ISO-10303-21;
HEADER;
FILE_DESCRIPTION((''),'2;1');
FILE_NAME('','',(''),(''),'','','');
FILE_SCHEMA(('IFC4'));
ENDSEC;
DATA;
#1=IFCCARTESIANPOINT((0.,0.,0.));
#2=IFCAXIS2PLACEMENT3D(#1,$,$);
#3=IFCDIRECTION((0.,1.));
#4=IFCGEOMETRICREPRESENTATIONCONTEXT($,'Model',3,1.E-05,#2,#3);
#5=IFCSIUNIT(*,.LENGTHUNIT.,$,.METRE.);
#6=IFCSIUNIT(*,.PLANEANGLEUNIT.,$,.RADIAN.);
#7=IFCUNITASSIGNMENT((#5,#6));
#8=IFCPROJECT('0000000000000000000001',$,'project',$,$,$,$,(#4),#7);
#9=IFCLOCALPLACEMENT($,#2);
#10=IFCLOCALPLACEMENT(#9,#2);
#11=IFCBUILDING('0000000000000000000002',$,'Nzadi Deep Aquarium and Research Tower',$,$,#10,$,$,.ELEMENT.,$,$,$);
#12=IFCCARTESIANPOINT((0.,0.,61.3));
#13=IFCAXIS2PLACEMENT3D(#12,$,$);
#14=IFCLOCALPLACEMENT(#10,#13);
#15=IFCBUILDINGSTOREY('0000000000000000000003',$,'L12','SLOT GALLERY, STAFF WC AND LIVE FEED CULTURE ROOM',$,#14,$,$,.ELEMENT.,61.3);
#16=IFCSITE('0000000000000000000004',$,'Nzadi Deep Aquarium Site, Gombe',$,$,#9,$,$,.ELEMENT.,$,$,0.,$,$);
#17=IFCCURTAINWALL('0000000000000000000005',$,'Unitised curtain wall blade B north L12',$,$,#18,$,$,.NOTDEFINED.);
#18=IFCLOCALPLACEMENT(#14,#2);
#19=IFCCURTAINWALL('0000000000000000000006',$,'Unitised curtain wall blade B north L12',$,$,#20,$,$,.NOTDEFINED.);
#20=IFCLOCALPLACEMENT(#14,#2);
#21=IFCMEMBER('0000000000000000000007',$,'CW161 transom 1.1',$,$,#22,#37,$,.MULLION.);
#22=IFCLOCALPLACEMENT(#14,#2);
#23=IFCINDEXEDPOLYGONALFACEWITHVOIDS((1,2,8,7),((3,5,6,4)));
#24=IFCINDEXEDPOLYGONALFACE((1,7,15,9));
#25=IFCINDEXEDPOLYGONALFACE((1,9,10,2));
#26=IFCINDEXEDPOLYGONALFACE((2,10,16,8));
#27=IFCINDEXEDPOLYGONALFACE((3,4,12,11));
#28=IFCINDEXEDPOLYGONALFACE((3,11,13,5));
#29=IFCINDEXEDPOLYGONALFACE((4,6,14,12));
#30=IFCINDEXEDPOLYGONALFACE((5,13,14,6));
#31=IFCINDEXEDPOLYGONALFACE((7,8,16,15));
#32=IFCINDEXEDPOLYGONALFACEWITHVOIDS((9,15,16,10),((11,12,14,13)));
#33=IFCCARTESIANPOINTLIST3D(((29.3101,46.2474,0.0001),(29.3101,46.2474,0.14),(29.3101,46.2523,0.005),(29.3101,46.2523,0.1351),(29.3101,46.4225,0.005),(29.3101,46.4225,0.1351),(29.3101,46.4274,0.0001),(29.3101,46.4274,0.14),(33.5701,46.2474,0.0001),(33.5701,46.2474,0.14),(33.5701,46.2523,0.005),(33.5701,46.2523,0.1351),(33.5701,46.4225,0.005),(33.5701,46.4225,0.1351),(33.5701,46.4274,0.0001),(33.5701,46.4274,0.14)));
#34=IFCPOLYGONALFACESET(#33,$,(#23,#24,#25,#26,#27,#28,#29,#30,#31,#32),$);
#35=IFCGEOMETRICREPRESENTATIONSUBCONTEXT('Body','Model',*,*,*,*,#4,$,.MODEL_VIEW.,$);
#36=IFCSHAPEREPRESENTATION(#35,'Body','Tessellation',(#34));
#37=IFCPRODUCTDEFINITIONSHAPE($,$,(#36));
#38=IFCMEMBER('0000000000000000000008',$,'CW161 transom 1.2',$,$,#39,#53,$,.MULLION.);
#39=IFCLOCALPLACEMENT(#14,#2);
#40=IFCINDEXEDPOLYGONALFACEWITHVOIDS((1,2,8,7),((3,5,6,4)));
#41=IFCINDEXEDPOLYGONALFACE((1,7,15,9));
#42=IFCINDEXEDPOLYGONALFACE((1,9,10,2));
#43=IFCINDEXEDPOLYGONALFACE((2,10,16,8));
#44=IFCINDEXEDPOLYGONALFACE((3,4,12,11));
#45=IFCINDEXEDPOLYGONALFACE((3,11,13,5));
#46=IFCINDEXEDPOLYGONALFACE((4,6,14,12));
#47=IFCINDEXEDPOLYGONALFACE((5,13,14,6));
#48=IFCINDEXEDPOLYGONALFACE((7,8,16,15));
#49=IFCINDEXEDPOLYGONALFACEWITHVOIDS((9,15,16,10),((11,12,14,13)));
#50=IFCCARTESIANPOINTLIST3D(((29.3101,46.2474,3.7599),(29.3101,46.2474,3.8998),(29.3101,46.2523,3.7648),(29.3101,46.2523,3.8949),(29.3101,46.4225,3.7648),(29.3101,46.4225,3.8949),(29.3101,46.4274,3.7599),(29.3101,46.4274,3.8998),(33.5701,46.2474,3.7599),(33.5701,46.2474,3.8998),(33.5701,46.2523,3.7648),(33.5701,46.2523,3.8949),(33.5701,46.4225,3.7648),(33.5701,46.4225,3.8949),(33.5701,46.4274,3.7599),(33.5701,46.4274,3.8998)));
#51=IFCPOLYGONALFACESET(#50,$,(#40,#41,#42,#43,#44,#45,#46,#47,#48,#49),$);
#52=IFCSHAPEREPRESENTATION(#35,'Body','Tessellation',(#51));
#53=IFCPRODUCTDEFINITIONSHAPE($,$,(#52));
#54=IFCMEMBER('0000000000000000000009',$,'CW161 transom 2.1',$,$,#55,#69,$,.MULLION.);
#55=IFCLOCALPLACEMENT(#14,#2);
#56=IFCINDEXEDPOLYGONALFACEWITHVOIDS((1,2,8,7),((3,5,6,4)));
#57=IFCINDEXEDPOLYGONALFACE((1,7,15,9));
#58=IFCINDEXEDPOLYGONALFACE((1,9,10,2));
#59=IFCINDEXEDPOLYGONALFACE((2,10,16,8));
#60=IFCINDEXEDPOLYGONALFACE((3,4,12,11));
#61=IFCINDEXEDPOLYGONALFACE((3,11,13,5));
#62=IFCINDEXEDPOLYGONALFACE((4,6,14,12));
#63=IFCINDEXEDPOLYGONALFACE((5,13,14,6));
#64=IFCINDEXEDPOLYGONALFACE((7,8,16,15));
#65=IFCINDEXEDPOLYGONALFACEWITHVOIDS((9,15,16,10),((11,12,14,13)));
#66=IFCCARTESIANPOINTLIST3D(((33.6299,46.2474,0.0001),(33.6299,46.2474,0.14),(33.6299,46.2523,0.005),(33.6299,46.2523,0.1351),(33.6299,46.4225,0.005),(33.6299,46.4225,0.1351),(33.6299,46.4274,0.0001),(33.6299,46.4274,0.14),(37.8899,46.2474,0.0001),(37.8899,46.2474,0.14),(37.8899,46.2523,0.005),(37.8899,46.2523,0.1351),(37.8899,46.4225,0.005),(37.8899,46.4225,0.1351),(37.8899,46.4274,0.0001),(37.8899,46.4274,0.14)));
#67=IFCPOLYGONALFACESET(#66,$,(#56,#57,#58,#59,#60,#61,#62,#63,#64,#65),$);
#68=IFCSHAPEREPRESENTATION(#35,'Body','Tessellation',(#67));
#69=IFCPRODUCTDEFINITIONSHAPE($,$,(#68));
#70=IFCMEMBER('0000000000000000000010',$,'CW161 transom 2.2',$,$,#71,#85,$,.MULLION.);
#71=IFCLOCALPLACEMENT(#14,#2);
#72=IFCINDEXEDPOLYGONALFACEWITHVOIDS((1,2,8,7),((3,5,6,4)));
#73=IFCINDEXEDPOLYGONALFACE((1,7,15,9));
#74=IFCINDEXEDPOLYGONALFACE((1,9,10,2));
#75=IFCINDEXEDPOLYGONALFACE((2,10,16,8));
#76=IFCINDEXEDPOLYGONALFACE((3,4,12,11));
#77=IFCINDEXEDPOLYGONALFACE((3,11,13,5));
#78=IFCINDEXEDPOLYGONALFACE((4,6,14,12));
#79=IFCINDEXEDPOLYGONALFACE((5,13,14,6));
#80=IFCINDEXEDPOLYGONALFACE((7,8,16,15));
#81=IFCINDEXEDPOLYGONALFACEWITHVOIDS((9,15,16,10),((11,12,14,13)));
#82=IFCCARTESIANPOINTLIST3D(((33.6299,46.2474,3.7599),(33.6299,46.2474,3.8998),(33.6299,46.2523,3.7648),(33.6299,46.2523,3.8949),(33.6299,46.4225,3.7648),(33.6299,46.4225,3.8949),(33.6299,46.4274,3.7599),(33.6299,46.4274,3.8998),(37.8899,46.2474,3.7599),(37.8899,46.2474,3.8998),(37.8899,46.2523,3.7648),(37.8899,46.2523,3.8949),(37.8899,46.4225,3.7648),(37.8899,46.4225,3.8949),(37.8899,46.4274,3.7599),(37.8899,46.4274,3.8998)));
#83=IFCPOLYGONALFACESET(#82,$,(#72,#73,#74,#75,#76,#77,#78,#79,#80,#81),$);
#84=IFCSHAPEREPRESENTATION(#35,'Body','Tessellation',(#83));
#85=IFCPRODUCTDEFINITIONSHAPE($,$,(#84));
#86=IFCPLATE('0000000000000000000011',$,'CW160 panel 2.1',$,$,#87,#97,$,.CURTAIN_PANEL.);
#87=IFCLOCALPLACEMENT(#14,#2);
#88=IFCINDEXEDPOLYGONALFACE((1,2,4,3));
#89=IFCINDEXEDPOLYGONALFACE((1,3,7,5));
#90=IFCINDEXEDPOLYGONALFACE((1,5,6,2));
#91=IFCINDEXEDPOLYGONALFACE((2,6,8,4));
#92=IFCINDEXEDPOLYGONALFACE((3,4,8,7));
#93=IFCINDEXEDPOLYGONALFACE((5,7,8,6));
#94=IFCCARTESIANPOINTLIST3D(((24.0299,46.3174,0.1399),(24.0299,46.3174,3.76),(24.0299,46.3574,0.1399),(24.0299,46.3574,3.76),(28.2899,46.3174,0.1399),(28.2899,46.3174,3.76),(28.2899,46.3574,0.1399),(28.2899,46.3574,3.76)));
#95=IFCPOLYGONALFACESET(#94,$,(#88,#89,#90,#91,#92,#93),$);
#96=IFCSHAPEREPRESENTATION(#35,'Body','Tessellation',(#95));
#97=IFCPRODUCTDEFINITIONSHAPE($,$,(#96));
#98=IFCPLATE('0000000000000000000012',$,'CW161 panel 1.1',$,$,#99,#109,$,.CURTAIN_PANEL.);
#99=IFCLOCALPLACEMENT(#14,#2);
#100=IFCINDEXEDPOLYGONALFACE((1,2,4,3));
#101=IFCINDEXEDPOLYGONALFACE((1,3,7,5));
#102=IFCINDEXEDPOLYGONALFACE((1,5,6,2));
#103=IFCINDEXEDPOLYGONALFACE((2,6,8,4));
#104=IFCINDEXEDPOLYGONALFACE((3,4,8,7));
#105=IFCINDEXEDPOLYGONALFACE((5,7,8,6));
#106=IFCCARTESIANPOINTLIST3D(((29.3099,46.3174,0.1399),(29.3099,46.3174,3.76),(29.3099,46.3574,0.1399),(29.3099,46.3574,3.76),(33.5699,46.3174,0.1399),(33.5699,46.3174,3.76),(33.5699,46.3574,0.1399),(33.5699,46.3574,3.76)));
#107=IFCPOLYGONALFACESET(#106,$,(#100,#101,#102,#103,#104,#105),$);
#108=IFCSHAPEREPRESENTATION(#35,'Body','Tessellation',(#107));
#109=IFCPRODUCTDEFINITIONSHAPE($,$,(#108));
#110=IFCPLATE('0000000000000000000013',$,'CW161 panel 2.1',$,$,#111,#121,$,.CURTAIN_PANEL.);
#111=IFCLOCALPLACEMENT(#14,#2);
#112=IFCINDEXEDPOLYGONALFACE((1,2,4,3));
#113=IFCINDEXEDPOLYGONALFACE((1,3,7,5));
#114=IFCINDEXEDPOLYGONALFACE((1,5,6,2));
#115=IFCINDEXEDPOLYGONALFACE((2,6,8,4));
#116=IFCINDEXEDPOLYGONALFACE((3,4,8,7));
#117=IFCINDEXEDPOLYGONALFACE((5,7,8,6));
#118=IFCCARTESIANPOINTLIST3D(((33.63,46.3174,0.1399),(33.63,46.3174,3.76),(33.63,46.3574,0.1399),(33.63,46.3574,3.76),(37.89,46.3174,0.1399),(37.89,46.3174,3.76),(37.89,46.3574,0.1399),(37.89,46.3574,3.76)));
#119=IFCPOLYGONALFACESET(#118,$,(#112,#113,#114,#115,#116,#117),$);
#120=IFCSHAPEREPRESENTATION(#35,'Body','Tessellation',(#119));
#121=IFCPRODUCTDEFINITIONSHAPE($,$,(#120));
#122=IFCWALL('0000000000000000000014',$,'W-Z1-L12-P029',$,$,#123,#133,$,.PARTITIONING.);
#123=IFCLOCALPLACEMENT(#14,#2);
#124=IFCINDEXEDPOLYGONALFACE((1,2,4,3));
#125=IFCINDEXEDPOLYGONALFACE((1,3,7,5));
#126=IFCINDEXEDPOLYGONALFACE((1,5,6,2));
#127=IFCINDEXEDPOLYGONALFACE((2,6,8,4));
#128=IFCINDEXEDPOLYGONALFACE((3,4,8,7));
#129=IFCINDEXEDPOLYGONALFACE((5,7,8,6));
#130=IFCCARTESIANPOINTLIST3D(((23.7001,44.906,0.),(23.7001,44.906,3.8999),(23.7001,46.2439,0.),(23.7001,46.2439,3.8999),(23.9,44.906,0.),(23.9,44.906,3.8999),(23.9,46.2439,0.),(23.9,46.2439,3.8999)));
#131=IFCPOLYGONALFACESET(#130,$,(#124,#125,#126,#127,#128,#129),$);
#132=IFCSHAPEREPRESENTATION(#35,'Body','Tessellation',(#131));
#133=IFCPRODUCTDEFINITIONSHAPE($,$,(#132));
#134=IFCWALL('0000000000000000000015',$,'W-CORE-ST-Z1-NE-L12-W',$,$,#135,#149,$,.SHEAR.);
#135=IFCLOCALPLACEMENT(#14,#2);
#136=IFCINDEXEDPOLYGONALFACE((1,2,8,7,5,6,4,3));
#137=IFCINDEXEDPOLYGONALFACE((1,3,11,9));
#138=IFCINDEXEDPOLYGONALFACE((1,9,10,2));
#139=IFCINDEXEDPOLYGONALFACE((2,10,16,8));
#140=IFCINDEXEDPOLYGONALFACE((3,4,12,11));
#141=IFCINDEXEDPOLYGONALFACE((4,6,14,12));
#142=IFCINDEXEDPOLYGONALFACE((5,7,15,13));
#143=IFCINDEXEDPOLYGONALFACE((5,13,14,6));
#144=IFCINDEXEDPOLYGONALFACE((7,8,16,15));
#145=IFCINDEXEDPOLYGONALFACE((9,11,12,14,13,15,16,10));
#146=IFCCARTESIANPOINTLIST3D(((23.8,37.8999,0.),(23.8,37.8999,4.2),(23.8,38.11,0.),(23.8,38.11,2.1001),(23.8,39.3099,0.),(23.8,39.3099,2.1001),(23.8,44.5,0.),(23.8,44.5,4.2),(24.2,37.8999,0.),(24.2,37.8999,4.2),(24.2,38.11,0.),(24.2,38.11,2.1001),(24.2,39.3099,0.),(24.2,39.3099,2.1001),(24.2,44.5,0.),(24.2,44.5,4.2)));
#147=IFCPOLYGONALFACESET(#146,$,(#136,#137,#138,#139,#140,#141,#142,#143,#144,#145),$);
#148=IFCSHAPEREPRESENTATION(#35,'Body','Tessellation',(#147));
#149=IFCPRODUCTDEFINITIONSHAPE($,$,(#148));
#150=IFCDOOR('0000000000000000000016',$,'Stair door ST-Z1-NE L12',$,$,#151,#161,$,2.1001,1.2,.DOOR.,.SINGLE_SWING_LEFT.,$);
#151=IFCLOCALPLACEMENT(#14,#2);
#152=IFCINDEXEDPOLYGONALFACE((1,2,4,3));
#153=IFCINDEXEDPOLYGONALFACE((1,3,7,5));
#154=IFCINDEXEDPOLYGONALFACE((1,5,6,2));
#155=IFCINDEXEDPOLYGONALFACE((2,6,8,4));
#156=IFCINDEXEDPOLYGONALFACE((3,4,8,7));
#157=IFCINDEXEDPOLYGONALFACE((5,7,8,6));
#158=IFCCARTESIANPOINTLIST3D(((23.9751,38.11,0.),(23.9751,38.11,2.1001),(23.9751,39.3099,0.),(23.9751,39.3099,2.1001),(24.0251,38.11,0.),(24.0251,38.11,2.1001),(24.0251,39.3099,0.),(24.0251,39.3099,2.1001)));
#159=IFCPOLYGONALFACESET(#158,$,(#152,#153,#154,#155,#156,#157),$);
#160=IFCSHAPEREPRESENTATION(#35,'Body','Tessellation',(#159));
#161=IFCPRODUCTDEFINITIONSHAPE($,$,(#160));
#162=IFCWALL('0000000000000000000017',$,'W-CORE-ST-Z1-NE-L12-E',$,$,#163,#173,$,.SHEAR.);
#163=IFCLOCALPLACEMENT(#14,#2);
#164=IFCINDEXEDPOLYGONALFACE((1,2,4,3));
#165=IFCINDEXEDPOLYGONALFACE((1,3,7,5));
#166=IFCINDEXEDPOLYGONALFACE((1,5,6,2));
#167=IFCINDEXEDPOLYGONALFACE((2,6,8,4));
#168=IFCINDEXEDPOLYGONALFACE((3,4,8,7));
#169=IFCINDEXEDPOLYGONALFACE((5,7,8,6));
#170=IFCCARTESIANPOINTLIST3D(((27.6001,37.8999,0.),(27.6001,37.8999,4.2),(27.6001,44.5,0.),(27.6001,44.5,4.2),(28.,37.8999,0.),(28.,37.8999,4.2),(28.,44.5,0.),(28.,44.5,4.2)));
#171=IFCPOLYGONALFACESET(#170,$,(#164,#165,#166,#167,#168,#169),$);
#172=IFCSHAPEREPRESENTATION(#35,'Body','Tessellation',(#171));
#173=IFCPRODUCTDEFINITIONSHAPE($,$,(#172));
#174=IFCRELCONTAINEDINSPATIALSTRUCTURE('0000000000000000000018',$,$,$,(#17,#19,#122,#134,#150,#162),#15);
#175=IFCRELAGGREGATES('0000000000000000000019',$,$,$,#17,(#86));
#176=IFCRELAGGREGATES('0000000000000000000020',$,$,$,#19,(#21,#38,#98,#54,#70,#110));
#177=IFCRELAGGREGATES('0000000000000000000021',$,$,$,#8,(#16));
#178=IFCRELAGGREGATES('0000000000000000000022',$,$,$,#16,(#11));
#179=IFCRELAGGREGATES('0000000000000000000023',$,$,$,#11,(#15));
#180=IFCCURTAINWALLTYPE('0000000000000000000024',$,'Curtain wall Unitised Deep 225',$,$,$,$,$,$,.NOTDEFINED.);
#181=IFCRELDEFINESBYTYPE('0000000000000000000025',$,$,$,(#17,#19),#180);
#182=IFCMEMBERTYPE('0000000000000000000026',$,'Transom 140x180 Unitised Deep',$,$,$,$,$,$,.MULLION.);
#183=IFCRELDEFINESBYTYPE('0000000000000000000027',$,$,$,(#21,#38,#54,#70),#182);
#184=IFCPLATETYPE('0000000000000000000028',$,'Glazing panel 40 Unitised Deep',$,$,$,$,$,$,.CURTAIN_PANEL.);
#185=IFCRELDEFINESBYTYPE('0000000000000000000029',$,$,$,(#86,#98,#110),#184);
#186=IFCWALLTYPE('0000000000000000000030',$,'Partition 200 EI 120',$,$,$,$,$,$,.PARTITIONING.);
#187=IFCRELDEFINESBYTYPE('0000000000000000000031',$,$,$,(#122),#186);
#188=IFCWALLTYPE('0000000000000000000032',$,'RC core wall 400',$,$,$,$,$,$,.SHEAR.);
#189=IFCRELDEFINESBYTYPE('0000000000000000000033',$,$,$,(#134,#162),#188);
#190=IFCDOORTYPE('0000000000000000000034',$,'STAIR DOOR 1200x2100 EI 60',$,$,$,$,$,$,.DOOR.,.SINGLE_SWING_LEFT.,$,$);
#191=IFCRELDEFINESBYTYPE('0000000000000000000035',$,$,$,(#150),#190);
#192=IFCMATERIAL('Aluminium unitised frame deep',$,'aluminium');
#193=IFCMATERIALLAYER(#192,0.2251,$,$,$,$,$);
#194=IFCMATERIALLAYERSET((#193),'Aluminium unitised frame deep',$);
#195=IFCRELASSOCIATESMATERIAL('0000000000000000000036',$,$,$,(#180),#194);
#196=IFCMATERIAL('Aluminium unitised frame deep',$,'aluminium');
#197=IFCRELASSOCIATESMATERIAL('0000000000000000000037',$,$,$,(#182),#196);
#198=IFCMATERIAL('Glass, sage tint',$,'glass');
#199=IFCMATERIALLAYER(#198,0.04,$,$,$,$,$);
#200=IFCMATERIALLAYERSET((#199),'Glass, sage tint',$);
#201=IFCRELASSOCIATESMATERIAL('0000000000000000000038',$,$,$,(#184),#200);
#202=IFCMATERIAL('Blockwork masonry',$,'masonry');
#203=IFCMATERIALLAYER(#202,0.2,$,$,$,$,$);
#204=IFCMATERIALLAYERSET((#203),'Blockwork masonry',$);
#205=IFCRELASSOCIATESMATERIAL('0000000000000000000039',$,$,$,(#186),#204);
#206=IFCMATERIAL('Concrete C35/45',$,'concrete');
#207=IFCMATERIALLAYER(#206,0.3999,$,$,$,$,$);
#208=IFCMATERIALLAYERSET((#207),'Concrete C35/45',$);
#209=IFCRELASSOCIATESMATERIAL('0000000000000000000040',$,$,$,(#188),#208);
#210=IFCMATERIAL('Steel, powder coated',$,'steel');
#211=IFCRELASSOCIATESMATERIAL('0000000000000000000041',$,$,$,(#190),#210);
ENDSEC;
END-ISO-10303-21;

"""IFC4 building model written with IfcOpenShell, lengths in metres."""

from ifc_helpers import new_model, si_unit, direction, frame, frame_2d, origin, origin_2d, place, context, subcontext, project, spatial, rectangle, hollow_rectangle, extrude, material, layer, layer_set, material_profile, profile_set, type_object, element, fill, aggregate, save


model = new_model("IFC4")

# Units and contexts
model_context = context("Model", 3, precision=1e-05, world=origin(), true_north=direction((0.0, 1.0)))
body_context = subcontext(model_context, "Body", "Model", "MODEL_VIEW")
ifc_project = project(units=[si_unit("LENGTHUNIT", "METRE"), si_unit("PLANEANGLEUNIT", "RADIAN")], contexts=[model_context])

# Site, building, storey
site_placement = place(None, origin())
site = spatial("IfcSite", under=ifc_project, at=site_placement, Name="Nzadi Deep Aquarium Site, Gombe", CompositionType="ELEMENT", RefElevation=0.0)
building_placement = place(site_placement, origin())
building = spatial("IfcBuilding", under=site, at=building_placement, Name="Nzadi Deep Aquarium and Research Tower", CompositionType="ELEMENT")
storey_placement = place(building_placement, frame((0.0, 0.0, 61.3)))
storey = spatial("IfcBuildingStorey", under=building, at=storey_placement, Name="L12", Description="SLOT GALLERY, STAFF WC AND LIVE FEED CULTURE ROOM", CompositionType="ELEMENT", Elevation=61.3)

# Curtain walls
ifc_material_1 = material(Name="Aluminium unitised frame deep", Category="aluminium")
ifc_layer_1 = layer(ifc_material_1, 0.2251)
ifc_layer_set_1 = layer_set([ifc_layer_1], Name="Aluminium unitised frame deep")
curtain_wall_type = type_object("IfcCurtainWallType", Name="Curtain wall Unitised Deep 225", PredefinedType="NOTDEFINED", material=ifc_layer_set_1)
curtain_wall_1_placement = place(storey_placement, origin())
curtain_wall_1 = element("IfcCurtainWall", 1, at=curtain_wall_1_placement, inside=storey, type_object=curtain_wall_type, Name="Unitised curtain wall blade B north L12", PredefinedType="NOTDEFINED")
curtain_wall_2_placement = place(storey_placement, origin())
curtain_wall_2 = element("IfcCurtainWall", 2, at=curtain_wall_2_placement, inside=storey, type_object=curtain_wall_type, Name="Unitised curtain wall blade B north L12", PredefinedType="NOTDEFINED")

# Members
ifc_material_2 = material(Name="Aluminium unitised frame deep", Category="aluminium")
ifc_material_profile_1 = material_profile(ifc_material_2, hollow_rectangle(XDim=0.1799, YDim=0.1399, WallThickness=0.0049, at=origin_2d()))
ifc_profile_set_1 = profile_set([ifc_material_profile_1], Name="Aluminium unitised frame deep")
member_type_1 = type_object("IfcMemberType", Name="Transom 140x180 Unitised Deep", PredefinedType="MULLION", material=ifc_profile_set_1)
member_1_placement = place(storey_placement, frame((29.3101, 46.3374, 0.0701), z_axis=(1.0, 0.0, 0.0), x_axis=(0.0, 1.0, 0.0)))
member_1 = element("IfcMember", 3, at=member_1_placement, type_object=member_type_1, Name="CW161 transom 1.1", PredefinedType="MULLION", context=body_context, shape_type="SweptSolid", body=[
    extrude(hollow_rectangle(XDim=0.1799, YDim=0.1399, WallThickness=0.0049, at=origin_2d()), origin(), (0.0, 0.0, 1.0), 4.26),
])
member_2_placement = place(storey_placement, frame((29.3101, 46.3374, 3.8298), z_axis=(1.0, 0.0, 0.0), x_axis=(0.0, 1.0, 0.0)))
member_2 = element("IfcMember", 4, at=member_2_placement, type_object=member_type_1, Name="CW161 transom 1.2", PredefinedType="MULLION", context=body_context, shape_type="SweptSolid", body=[
    extrude(hollow_rectangle(XDim=0.1799, YDim=0.1399, WallThickness=0.0049, at=origin_2d()), origin(), (0.0, 0.0, 1.0), 4.26),
])
member_3_placement = place(storey_placement, frame((33.6299, 46.3374, 0.0701), z_axis=(1.0, 0.0, 0.0), x_axis=(0.0, 1.0, 0.0)))
member_3 = element("IfcMember", 5, at=member_3_placement, type_object=member_type_1, Name="CW161 transom 2.1", PredefinedType="MULLION", context=body_context, shape_type="SweptSolid", body=[
    extrude(hollow_rectangle(XDim=0.1799, YDim=0.1399, WallThickness=0.0049, at=origin_2d()), origin(), (0.0, 0.0, 1.0), 4.26),
])
member_4_placement = place(storey_placement, frame((33.6299, 46.3374, 3.8298), z_axis=(1.0, 0.0, 0.0), x_axis=(0.0, 1.0, 0.0)))
member_4 = element("IfcMember", 6, at=member_4_placement, type_object=member_type_1, Name="CW161 transom 2.2", PredefinedType="MULLION", context=body_context, shape_type="SweptSolid", body=[
    extrude(hollow_rectangle(XDim=0.1799, YDim=0.1399, WallThickness=0.0049, at=origin_2d()), origin(), (0.0, 0.0, 1.0), 4.26),
])

# Plates
ifc_material_3 = material(Name="Glass, sage tint", Category="glass")
ifc_layer_2 = layer(ifc_material_3, 0.04)
ifc_layer_set_2 = layer_set([ifc_layer_2], Name="Glass, sage tint")
plate_type = type_object("IfcPlateType", Name="Glazing panel 40 Unitised Deep", PredefinedType="CURTAIN_PANEL", material=ifc_layer_set_2)
plate_1_placement = place(storey_placement, frame((26.1599, 46.3374, 0.1399), z_axis=(0.0, 0.0, 1.0), x_axis=(1.0, 0.0, 0.0)))
plate_1 = element("IfcPlate", 7, at=plate_1_placement, type_object=plate_type, Name="CW160 panel 2.1", PredefinedType="CURTAIN_PANEL", context=body_context, shape_type="SweptSolid", body=[
    extrude(rectangle(XDim=4.26, YDim=0.04, at=origin_2d()), origin(), (0.0, 0.0, 1.0), 3.6201),
])
aggregate(curtain_wall_1, [plate_1])
plate_2_placement = place(storey_placement, frame((31.4399, 46.3374, 0.1399), z_axis=(0.0, 0.0, 1.0), x_axis=(1.0, 0.0, 0.0)))
plate_2 = element("IfcPlate", 8, at=plate_2_placement, type_object=plate_type, Name="CW161 panel 1.1", PredefinedType="CURTAIN_PANEL", context=body_context, shape_type="SweptSolid", body=[
    extrude(rectangle(XDim=4.26, YDim=0.04, at=origin_2d()), origin(), (0.0, 0.0, 1.0), 3.6201),
])
plate_3_placement = place(storey_placement, frame((35.76, 46.3374, 0.1399), z_axis=(0.0, 0.0, 1.0), x_axis=(1.0, 0.0, 0.0)))
plate_3 = element("IfcPlate", 9, at=plate_3_placement, type_object=plate_type, Name="CW161 panel 2.1", PredefinedType="CURTAIN_PANEL", context=body_context, shape_type="SweptSolid", body=[
    extrude(rectangle(XDim=4.26, YDim=0.04, at=origin_2d()), origin(), (0.0, 0.0, 1.0), 3.6201),
])
aggregate(curtain_wall_2, [member_1, member_2, plate_2, member_3, member_4, plate_3])

# Wall
ifc_material_4 = material(Name="Blockwork masonry", Category="masonry")
ifc_layer_3 = layer(ifc_material_4, 0.2)
ifc_layer_set_3 = layer_set([ifc_layer_3], Name="Blockwork masonry")
wall_type_1 = type_object("IfcWallType", Name="Partition 200 EI 120", PredefinedType="PARTITIONING", material=ifc_layer_set_3)
wall_1_placement = place(storey_placement, frame((23.8, 44.906, 0.0), z_axis=(0.0, 0.0, 1.0), x_axis=(0.0, 1.0, 0.0)))
element("IfcWall", 10, at=wall_1_placement, inside=storey, type_object=wall_type_1, Name="W-Z1-L12-P029", PredefinedType="PARTITIONING", context=body_context, shape_type="SweptSolid", body=[
    extrude(rectangle(XDim=1.3379, YDim=0.2, at=frame_2d((0.6689, 0.0))), origin(), (0.0, 0.0, 1.0), 3.8999),
])

# Wall, opening, door
ifc_material_5 = material(Name="Concrete C35/45", Category="concrete")
ifc_layer_4 = layer(ifc_material_5, 0.3999)
ifc_layer_set_4 = layer_set([ifc_layer_4], Name="Concrete C35/45")
wall_type_2 = type_object("IfcWallType", Name="RC core wall 400", PredefinedType="SHEAR", material=ifc_layer_set_4)
wall_2_placement = place(storey_placement, frame((24.0, 37.8999, 0.0), z_axis=(0.0, 0.0, 1.0), x_axis=(0.0, 1.0, 0.0)))
wall_2 = element("IfcWall", 11, at=wall_2_placement, inside=storey, type_object=wall_type_2, Name="W-CORE-ST-Z1-NE-L12-W", PredefinedType="SHEAR", context=body_context, shape_type="SweptSolid", body=[
    extrude(rectangle(XDim=6.6001, YDim=0.3999, at=frame_2d((3.3, 0.0))), origin(), (0.0, 0.0, 1.0), 4.2),
])
opening_placement = place(wall_2_placement, frame((0.21, 0.0, 0.0)))
opening = element("IfcOpeningElement", 12, at=opening_placement, cuts=wall_2, PredefinedType="OPENING", context=body_context, shape_type="SweptSolid", body=[
    extrude(rectangle(XDim=1.2, YDim=2.1001, at=frame_2d((0.6001, 1.05))), frame((0.0, 0.21, 0.0), z_axis=(0.0, -1.0, 0.0), x_axis=(1.0, 0.0, 0.0)), (0.0, 0.0, 1.0), 0.4199),
])
ifc_material_6 = material(Name="Steel, powder coated", Category="steel")
door_type = type_object("IfcDoorType", Name="STAIR DOOR 1200x2100 EI 60", OperationType="SINGLE_SWING_LEFT", PredefinedType="DOOR", material=ifc_material_6)
door_placement = place(opening_placement, origin())
door = element("IfcDoor", 13, at=door_placement, inside=storey, type_object=door_type, Name="Stair door ST-Z1-NE L12", OperationType="SINGLE_SWING_LEFT", OverallHeight=2.1001, OverallWidth=1.2, PredefinedType="DOOR", context=body_context, shape_type="SweptSolid", body=[
    extrude(rectangle(XDim=1.2, YDim=2.1001, at=frame_2d((0.6001, 1.05))), frame((0.0, 0.0249, 0.0), z_axis=(0.0, -1.0, 0.0), x_axis=(1.0, 0.0, 0.0)), (0.0, 0.0, 1.0), 0.05),
])
fill(opening, door)

# Wall
wall_3_placement = place(storey_placement, frame((27.8, 37.8999, 0.0), z_axis=(0.0, 0.0, 1.0), x_axis=(0.0, 1.0, 0.0)))
element("IfcWall", 14, at=wall_3_placement, inside=storey, type_object=wall_type_2, Name="W-CORE-ST-Z1-NE-L12-E", PredefinedType="SHEAR", context=body_context, shape_type="SweptSolid", body=[
    extrude(rectangle(XDim=6.6001, YDim=0.3999, at=frame_2d((3.3, 0.0))), origin(), (0.0, 0.0, 1.0), 4.2),
])

save(model, "model.ifc")
